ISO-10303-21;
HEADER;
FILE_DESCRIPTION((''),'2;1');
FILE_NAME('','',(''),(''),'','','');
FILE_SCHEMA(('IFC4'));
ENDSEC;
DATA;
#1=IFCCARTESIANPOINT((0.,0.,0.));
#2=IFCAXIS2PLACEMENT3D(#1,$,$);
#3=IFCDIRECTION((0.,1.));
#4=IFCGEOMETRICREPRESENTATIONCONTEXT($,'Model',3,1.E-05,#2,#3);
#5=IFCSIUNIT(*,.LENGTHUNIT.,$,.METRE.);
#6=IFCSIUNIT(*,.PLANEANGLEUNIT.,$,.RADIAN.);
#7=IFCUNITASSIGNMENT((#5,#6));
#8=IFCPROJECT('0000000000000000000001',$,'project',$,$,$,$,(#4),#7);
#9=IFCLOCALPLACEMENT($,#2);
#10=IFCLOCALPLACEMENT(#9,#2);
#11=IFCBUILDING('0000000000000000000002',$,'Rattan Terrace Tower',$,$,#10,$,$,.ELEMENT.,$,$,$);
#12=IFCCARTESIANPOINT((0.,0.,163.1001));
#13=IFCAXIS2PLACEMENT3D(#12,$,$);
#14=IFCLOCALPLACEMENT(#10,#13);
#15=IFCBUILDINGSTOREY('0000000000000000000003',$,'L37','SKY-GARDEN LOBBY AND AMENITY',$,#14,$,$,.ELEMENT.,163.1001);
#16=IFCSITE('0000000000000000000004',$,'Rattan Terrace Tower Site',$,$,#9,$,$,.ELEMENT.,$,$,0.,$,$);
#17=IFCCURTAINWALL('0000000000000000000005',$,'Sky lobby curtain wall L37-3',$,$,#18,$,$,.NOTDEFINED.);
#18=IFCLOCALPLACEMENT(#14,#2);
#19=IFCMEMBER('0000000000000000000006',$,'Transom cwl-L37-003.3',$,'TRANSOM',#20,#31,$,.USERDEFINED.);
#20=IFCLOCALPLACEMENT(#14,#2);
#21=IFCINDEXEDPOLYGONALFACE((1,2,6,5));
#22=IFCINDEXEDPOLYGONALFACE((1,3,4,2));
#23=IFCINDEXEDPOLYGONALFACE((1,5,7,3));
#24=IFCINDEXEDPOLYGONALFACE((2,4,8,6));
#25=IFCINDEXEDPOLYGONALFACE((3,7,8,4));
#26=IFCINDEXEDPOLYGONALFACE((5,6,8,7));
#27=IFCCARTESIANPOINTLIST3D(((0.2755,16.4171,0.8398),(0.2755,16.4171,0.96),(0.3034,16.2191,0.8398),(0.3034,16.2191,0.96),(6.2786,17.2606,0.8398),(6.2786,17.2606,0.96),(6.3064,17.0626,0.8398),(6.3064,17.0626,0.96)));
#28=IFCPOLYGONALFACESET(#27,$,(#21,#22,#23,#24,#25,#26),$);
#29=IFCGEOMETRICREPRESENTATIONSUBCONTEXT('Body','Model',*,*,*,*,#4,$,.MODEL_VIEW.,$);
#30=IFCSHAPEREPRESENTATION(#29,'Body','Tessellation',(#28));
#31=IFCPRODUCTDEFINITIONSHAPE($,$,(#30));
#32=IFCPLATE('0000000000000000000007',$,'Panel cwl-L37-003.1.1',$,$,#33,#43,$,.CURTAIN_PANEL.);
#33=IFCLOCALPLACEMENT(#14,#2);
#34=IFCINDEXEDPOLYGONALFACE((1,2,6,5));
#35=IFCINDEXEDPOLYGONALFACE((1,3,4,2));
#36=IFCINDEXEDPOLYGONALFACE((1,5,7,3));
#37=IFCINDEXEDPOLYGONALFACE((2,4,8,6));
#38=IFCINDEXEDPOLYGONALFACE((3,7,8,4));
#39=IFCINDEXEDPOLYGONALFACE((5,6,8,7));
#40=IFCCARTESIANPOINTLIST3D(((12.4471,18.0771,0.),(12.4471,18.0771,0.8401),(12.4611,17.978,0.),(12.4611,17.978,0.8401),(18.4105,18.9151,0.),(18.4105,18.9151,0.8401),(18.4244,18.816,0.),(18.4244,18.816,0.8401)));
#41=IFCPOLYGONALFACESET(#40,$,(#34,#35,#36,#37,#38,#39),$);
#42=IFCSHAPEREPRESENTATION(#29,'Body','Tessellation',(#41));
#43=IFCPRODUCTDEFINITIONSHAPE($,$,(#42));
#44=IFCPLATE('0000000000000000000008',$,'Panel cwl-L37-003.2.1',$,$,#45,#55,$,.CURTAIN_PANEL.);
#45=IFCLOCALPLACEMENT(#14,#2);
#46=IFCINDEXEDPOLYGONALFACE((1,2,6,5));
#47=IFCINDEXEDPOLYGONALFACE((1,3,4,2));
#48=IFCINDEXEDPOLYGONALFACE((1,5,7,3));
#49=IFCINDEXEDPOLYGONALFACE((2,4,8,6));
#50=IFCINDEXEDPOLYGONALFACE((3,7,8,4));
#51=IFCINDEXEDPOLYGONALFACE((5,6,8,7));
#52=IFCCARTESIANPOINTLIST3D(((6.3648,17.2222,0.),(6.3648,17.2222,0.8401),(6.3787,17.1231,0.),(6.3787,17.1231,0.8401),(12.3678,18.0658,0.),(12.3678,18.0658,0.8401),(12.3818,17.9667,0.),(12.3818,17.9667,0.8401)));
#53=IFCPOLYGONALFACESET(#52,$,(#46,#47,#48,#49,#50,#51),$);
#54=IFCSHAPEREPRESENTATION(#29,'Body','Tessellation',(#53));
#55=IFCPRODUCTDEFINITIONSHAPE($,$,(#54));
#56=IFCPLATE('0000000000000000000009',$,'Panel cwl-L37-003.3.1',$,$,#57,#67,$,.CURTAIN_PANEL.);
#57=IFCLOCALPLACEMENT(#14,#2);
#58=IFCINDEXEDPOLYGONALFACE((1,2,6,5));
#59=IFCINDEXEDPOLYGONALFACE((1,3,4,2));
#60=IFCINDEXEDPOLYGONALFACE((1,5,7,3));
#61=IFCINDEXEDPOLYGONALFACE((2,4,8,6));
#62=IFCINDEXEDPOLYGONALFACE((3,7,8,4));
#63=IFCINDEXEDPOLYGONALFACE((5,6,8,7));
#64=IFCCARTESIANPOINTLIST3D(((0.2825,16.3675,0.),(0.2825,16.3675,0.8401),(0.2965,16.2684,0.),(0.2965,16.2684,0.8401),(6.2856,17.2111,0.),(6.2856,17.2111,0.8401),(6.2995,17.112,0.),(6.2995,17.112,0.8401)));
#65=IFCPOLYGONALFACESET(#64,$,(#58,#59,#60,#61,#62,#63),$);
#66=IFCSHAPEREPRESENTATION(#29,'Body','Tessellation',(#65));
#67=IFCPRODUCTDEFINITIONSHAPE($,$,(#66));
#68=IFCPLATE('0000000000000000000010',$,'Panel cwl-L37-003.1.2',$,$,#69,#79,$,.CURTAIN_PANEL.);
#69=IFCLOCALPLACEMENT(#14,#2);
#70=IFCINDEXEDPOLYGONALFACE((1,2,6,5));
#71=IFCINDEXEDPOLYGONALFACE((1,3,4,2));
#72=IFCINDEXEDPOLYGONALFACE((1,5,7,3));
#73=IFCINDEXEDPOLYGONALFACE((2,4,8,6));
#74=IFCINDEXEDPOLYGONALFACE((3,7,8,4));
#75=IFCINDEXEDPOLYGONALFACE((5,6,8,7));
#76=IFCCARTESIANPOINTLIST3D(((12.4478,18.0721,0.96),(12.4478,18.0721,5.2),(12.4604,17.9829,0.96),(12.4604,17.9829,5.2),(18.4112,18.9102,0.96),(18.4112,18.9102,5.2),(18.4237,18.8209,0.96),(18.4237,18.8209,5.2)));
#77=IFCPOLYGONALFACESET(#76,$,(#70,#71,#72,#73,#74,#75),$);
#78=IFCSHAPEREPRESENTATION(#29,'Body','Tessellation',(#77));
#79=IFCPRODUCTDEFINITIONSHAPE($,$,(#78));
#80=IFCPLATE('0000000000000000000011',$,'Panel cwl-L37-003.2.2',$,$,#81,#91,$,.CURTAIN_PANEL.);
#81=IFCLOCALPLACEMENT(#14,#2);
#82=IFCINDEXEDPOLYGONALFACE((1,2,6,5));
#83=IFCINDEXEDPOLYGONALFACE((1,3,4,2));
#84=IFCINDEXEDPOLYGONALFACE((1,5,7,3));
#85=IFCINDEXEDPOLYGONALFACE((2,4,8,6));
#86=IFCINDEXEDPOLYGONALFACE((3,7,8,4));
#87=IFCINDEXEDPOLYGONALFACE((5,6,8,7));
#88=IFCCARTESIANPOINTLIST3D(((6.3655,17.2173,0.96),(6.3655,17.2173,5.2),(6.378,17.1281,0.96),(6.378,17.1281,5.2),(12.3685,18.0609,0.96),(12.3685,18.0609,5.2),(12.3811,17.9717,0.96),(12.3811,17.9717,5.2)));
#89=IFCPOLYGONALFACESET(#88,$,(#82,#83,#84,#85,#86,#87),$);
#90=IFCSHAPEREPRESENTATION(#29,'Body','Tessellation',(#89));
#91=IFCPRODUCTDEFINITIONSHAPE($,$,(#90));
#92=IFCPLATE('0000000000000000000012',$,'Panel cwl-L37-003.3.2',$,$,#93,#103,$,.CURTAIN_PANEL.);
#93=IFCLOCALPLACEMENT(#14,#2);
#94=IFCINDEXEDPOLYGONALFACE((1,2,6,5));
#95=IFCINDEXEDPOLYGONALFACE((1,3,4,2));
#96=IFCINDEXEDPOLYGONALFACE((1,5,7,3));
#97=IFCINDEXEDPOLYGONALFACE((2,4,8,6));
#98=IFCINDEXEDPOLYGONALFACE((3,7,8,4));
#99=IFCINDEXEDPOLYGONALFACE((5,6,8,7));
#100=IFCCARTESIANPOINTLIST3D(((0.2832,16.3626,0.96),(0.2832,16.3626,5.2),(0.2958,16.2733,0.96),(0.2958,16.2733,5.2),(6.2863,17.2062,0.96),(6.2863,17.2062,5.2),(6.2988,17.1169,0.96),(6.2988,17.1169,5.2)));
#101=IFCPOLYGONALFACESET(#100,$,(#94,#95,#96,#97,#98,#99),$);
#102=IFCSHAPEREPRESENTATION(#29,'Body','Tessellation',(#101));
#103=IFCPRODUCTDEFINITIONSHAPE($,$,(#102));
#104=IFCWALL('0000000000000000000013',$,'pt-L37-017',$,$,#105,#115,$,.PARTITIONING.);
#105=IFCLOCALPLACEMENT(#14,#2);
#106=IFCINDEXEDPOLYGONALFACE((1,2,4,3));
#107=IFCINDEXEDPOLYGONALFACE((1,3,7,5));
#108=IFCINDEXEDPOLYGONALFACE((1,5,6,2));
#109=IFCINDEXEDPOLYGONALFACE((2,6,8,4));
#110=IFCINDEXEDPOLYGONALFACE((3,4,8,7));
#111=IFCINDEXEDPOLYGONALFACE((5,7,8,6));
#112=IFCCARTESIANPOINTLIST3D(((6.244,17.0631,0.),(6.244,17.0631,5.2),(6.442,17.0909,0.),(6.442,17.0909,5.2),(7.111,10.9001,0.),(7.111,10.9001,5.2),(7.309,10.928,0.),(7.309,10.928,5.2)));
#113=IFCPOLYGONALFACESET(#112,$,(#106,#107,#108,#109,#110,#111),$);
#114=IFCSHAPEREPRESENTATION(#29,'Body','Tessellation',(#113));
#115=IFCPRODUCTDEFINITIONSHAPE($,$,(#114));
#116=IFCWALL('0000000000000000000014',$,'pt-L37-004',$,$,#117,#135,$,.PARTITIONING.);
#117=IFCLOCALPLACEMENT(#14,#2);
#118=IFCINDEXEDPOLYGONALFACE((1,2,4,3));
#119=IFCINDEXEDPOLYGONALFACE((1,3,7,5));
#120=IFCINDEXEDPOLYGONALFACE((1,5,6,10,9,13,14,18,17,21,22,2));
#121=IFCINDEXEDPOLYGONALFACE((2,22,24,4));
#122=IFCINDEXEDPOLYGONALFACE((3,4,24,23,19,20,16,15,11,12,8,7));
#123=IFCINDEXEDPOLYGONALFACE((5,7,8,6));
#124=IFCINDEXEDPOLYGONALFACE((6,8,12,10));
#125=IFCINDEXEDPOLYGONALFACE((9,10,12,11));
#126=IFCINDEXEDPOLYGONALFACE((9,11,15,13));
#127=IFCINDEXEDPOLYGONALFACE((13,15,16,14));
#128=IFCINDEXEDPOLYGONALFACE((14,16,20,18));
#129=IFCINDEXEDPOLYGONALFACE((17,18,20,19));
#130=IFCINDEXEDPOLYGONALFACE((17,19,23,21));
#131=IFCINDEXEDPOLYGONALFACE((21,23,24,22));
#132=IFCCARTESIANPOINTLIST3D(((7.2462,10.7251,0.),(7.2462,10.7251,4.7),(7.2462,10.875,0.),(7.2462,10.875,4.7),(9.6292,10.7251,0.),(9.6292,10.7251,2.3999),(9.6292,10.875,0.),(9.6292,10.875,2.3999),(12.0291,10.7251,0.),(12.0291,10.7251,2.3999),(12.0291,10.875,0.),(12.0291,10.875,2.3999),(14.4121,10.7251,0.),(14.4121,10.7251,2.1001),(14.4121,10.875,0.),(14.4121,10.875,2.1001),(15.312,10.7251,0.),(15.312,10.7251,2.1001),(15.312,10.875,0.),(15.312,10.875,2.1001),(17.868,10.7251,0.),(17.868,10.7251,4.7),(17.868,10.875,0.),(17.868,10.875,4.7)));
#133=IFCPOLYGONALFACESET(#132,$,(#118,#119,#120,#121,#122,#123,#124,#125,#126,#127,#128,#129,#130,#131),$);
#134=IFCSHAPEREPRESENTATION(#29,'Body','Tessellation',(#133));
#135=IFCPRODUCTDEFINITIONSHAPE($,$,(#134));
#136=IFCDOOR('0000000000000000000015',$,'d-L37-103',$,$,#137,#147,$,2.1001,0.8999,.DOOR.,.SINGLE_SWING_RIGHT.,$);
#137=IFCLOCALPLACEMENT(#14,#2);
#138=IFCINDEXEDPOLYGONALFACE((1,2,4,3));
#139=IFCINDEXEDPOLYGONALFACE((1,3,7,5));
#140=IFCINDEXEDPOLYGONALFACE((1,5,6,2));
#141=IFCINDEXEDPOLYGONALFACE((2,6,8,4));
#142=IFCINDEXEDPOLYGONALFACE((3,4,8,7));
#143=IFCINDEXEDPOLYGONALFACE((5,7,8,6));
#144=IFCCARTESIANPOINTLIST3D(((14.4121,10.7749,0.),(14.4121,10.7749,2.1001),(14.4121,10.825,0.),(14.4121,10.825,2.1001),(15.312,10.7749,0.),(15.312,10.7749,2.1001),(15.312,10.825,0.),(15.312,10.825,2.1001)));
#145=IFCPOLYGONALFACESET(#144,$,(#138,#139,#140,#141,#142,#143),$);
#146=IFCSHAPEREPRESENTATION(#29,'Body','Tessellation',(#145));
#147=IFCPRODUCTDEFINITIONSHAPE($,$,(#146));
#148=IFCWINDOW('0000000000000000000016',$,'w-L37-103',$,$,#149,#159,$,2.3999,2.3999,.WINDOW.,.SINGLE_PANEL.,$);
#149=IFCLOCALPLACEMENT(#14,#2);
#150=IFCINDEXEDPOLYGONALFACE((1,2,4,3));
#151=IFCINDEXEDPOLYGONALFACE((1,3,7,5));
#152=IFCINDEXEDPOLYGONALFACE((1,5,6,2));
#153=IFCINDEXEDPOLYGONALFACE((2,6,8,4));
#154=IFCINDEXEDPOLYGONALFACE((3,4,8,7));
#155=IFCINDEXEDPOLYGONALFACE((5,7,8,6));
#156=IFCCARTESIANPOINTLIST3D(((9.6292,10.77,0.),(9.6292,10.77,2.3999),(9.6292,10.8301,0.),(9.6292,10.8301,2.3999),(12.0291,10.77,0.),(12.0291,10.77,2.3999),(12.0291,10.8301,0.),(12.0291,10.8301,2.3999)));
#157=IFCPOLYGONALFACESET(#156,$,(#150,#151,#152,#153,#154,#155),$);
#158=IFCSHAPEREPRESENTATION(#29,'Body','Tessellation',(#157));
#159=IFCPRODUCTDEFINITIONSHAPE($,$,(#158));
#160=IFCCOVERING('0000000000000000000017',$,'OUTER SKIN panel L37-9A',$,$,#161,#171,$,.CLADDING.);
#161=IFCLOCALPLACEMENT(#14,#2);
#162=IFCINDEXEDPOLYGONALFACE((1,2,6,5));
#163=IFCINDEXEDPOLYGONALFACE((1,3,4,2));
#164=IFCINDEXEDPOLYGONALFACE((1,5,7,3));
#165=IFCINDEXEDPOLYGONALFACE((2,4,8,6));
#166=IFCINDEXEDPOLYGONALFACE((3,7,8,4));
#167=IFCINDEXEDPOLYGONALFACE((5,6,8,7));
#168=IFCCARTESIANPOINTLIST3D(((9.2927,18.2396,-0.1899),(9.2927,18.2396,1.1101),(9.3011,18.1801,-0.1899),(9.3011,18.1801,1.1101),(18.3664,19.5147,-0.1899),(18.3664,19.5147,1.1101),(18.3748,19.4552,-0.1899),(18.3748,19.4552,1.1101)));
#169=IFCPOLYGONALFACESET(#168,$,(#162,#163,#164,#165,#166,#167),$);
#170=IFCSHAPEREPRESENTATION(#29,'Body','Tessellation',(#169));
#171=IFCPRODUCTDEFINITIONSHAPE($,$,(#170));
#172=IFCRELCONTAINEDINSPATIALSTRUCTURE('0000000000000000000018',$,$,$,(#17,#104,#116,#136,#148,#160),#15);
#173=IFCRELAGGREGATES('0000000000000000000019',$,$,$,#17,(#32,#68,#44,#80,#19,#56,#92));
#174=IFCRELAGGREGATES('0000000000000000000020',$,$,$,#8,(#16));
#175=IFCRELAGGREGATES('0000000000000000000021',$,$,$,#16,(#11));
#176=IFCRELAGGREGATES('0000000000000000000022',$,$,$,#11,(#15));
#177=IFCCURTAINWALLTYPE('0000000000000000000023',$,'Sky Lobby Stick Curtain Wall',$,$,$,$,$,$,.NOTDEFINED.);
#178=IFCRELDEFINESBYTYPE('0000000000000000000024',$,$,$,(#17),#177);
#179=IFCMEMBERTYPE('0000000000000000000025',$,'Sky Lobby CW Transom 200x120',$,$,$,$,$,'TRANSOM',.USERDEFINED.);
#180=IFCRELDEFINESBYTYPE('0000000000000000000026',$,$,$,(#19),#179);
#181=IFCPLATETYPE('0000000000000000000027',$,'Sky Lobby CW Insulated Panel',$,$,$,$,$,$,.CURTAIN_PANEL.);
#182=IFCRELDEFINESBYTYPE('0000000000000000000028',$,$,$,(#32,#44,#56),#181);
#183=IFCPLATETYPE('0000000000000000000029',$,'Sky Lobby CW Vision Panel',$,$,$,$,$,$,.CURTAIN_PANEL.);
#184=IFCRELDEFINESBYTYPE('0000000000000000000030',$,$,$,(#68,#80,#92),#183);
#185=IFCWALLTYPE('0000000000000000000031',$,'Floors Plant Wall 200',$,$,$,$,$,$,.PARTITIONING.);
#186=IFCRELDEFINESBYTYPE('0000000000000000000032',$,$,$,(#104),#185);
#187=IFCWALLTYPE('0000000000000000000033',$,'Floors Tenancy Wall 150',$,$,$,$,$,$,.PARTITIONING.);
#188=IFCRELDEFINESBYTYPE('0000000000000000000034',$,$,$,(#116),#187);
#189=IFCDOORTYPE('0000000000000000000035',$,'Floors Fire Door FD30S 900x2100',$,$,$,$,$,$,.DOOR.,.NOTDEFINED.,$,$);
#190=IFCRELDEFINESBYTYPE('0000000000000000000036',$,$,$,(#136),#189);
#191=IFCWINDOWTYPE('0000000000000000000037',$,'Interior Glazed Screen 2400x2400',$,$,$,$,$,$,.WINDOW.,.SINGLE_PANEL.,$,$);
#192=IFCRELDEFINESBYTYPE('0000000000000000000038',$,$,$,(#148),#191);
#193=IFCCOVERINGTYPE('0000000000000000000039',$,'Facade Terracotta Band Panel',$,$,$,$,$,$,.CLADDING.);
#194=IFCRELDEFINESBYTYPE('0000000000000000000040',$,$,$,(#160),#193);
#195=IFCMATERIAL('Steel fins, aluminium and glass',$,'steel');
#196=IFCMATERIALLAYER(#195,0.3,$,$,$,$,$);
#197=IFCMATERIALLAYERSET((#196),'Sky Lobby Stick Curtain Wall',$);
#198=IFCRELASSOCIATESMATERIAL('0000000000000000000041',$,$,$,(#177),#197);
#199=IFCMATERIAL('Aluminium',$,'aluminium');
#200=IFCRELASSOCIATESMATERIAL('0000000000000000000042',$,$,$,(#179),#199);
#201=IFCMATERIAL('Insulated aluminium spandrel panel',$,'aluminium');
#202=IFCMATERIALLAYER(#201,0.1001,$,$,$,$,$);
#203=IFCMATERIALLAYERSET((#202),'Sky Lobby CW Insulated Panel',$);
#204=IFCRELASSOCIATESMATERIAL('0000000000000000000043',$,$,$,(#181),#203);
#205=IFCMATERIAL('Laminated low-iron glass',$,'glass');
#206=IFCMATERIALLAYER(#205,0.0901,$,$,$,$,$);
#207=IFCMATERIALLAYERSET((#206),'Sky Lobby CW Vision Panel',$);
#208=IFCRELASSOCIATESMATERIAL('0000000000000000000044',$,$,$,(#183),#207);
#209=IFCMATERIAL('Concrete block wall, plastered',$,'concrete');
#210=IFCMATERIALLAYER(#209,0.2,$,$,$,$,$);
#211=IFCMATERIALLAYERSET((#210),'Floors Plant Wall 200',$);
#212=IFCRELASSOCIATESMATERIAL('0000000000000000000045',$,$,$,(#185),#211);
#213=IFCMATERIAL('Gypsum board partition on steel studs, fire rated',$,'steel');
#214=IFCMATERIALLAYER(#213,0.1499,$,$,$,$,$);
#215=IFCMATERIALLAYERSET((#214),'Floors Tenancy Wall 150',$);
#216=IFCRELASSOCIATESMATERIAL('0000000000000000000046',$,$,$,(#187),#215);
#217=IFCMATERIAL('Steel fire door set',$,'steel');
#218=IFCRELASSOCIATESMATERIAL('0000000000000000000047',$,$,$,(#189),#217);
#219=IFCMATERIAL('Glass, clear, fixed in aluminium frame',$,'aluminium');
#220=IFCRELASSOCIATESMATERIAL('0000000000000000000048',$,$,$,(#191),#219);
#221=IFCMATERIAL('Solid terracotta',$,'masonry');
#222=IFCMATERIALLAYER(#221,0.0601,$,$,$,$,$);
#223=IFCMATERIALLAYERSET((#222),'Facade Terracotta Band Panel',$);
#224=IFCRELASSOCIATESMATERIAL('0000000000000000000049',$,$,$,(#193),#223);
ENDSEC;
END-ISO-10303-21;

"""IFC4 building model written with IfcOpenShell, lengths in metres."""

from ifc_helpers import new_model, si_unit, direction, frame, frame_2d, origin, origin_2d, place, context, subcontext, project, spatial, rectangle, extrude, material, layer, layer_set, material_profile, profile_set, type_object, element, fill, aggregate, save


model = new_model("IFC4")

# Units and contexts
model_context = context("Model", 3, precision=1e-05, world=origin(), true_north=direction((0.0, 1.0)))
body_context = subcontext(model_context, "Body", "Model", "MODEL_VIEW")
ifc_project = project(units=[si_unit("LENGTHUNIT", "METRE"), si_unit("PLANEANGLEUNIT", "RADIAN")], contexts=[model_context])

# Site, building, storey
site_placement = place(None, origin())
site = spatial("IfcSite", under=ifc_project, at=site_placement, Name="Rattan Terrace Tower Site", CompositionType="ELEMENT", RefElevation=0.0)
building_placement = place(site_placement, origin())
building = spatial("IfcBuilding", under=site, at=building_placement, Name="Rattan Terrace Tower", CompositionType="ELEMENT")
storey_placement = place(building_placement, frame((0.0, 0.0, 163.1001)))
storey = spatial("IfcBuildingStorey", under=building, at=storey_placement, Name="L37", Description="SKY-GARDEN LOBBY AND AMENITY", CompositionType="ELEMENT", Elevation=163.1001)

# Curtain wall, member, plates
ifc_material_1 = material(Name="Steel fins, aluminium and glass", Category="steel")
ifc_layer_1 = layer(ifc_material_1, 0.3)
ifc_layer_set_1 = layer_set([ifc_layer_1], Name="Sky Lobby Stick Curtain Wall")
curtain_wall_type = type_object("IfcCurtainWallType", Name="Sky Lobby Stick Curtain Wall", PredefinedType="NOTDEFINED", material=ifc_layer_set_1)
curtain_wall_placement = place(storey_placement, origin())
curtain_wall = element("IfcCurtainWall", 1, at=curtain_wall_placement, inside=storey, type_object=curtain_wall_type, Name="Sky lobby curtain wall L37-3", PredefinedType="NOTDEFINED")
ifc_material_2 = material(Name="Aluminium", Category="aluminium")
ifc_material_profile_1 = material_profile(ifc_material_2, rectangle(XDim=0.2, YDim=0.1201, at=origin_2d()), Name="Aluminium 200x120")
ifc_profile_set_1 = profile_set([ifc_material_profile_1], Name="Aluminium")
member_type_1 = type_object("IfcMemberType", Name="Sky Lobby CW Transom 200x120", ElementType="TRANSOM", PredefinedType="USERDEFINED", material=ifc_profile_set_1)
member_1_placement = place(storey_placement, frame((6.2925, 17.1616, 0.8999), z_axis=(-0.990271, -0.139149, 0.0), x_axis=(0.139149, -0.990271, 0.0)))
member_1 = element("IfcMember", 2, at=member_1_placement, type_object=member_type_1, Name="Transom cwl-L37-003.3", ObjectType="TRANSOM", PredefinedType="USERDEFINED", context=body_context, shape_type="SweptSolid", body=[
    extrude(rectangle(XDim=0.2, YDim=0.1201, at=origin_2d()), origin(), (0.0, 0.0, 1.0), 6.062),
])
ifc_material_3 = material(Name="Insulated aluminium spandrel panel", Category="aluminium")
ifc_layer_2 = layer(ifc_material_3, 0.1001)
ifc_layer_set_2 = layer_set([ifc_layer_2], Name="Sky Lobby CW Insulated Panel")
plate_type_1 = type_object("IfcPlateType", Name="Sky Lobby CW Insulated Panel", PredefinedType="CURTAIN_PANEL", material=ifc_layer_set_2)
plate_1_placement = place(storey_placement, frame((15.4358, 18.4465, 0.0), z_axis=(0.0, 0.0, 1.0), x_axis=(-0.99027, -0.139161, 0.0)))
plate_1 = element("IfcPlate", 3, at=plate_1_placement, type_object=plate_type_1, Name="Panel cwl-L37-003.1.1", PredefinedType="CURTAIN_PANEL", context=body_context, shape_type="SweptSolid", body=[
    extrude(rectangle(XDim=6.022, YDim=0.1001, at=origin_2d()), origin(), (0.0, 0.0, 1.0), 0.8401),
])
plate_2_placement = place(storey_placement, frame((9.3733, 17.5945, 0.0), z_axis=(0.0, 0.0, 1.0), x_axis=(-0.99027, -0.139161, 0.0)))
plate_2 = element("IfcPlate", 4, at=plate_2_placement, type_object=plate_type_1, Name="Panel cwl-L37-003.2.1", PredefinedType="CURTAIN_PANEL", context=body_context, shape_type="SweptSolid", body=[
    extrude(rectangle(XDim=6.062, YDim=0.1001, at=origin_2d()), origin(), (0.0, 0.0, 1.0), 0.8401),
])
plate_3_placement = place(storey_placement, frame((3.291, 16.7397, 0.0), z_axis=(0.0, 0.0, 1.0), x_axis=(-0.99027, -0.139161, 0.0)))
plate_3 = element("IfcPlate", 5, at=plate_3_placement, type_object=plate_type_1, Name="Panel cwl-L37-003.3.1", PredefinedType="CURTAIN_PANEL", context=body_context, shape_type="SweptSolid", body=[
    extrude(rectangle(XDim=6.062, YDim=0.1001, at=origin_2d()), origin(), (0.0, 0.0, 1.0), 0.8401),
])
ifc_material_4 = material(Name="Laminated low-iron glass", Category="glass")
ifc_layer_3 = layer(ifc_material_4, 0.0901)
ifc_layer_set_3 = layer_set([ifc_layer_3], Name="Sky Lobby CW Vision Panel")
plate_type_2 = type_object("IfcPlateType", Name="Sky Lobby CW Vision Panel", PredefinedType="CURTAIN_PANEL", material=ifc_layer_set_3)
plate_4_placement = place(storey_placement, frame((15.4358, 18.4465, 0.96), z_axis=(0.0, 0.0, 1.0), x_axis=(-0.99027, -0.139161, 0.0)))
plate_4 = element("IfcPlate", 6, at=plate_4_placement, type_object=plate_type_2, Name="Panel cwl-L37-003.1.2", PredefinedType="CURTAIN_PANEL", context=body_context, shape_type="SweptSolid", body=[
    extrude(rectangle(XDim=6.022, YDim=0.0901, at=origin_2d()), origin(), (0.0, 0.0, 1.0), 4.24),
])
plate_5_placement = place(storey_placement, frame((9.3733, 17.5945, 0.96), z_axis=(0.0, 0.0, 1.0), x_axis=(-0.99027, -0.139161, 0.0)))
plate_5 = element("IfcPlate", 7, at=plate_5_placement, type_object=plate_type_2, Name="Panel cwl-L37-003.2.2", PredefinedType="CURTAIN_PANEL", context=body_context, shape_type="SweptSolid", body=[
    extrude(rectangle(XDim=6.062, YDim=0.0901, at=origin_2d()), origin(), (0.0, 0.0, 1.0), 4.24),
])
plate_6_placement = place(storey_placement, frame((3.291, 16.7397, 0.96), z_axis=(0.0, 0.0, 1.0), x_axis=(-0.99027, -0.139161, 0.0)))
plate_6 = element("IfcPlate", 8, at=plate_6_placement, type_object=plate_type_2, Name="Panel cwl-L37-003.3.2", PredefinedType="CURTAIN_PANEL", context=body_context, shape_type="SweptSolid", body=[
    extrude(rectangle(XDim=6.062, YDim=0.0901, at=origin_2d()), origin(), (0.0, 0.0, 1.0), 4.24),
])
aggregate(curtain_wall, [plate_1, plate_4, plate_2, plate_5, member_1, plate_3, plate_6])

# Wall
ifc_material_5 = material(Name="Concrete block wall, plastered", Category="concrete")
ifc_layer_4 = layer(ifc_material_5, 0.2)
ifc_layer_set_4 = layer_set([ifc_layer_4], Name="Floors Plant Wall 200")
wall_type_1 = type_object("IfcWallType", Name="Floors Plant Wall 200", PredefinedType="PARTITIONING", material=ifc_layer_set_4)
wall_1_placement = place(storey_placement, frame((7.21, 10.9141, 0.0), z_axis=(0.0, 0.0, 1.0), x_axis=(-0.139301, 0.99025, 0.0)))
element("IfcWall", 9, at=wall_1_placement, inside=storey, type_object=wall_type_1, Name="pt-L37-017", PredefinedType="PARTITIONING", context=body_context, shape_type="SweptSolid", body=[
    extrude(rectangle(XDim=6.2236, YDim=0.2, at=frame_2d((3.1118, 0.0))), origin(), (0.0, 0.0, 1.0), 5.2),
])

# Wall, openings, door, window
ifc_material_6 = material(Name="Gypsum board partition on steel studs, fire rated", Category="steel")
ifc_layer_5 = layer(ifc_material_6, 0.1499)
ifc_layer_set_5 = layer_set([ifc_layer_5], Name="Floors Tenancy Wall 150")
wall_type_2 = type_object("IfcWallType", Name="Floors Tenancy Wall 150", PredefinedType="PARTITIONING", material=ifc_layer_set_5)
wall_2_placement = place(storey_placement, frame((7.2461, 10.8, 0.0), z_axis=(0.0, 0.0, 1.0), x_axis=(1.0, 0.0, 0.0)))
wall_2 = element("IfcWall", 10, at=wall_2_placement, inside=storey, type_object=wall_type_2, Name="pt-L37-004", PredefinedType="PARTITIONING", context=body_context, shape_type="SweptSolid", body=[
    extrude(rectangle(XDim=10.6218, YDim=0.1499, at=frame_2d((5.311, 0.0))), origin(), (0.0, 0.0, 1.0), 4.7),
])
opening_1_placement = place(wall_2_placement, frame((7.166, 0.0, 0.0)))
opening_1 = element("IfcOpeningElement", 11, at=opening_1_placement, cuts=wall_2, PredefinedType="OPENING", context=body_context, shape_type="SweptSolid", body=[
    extrude(rectangle(XDim=0.8999, YDim=2.1001, at=frame_2d((0.45, 1.05))), frame((0.0, 0.0854, 0.0), z_axis=(0.0, -1.0, 0.0), x_axis=(1.0, 0.0, 0.0)), (0.0, 0.0, 1.0), 0.1709),
])
opening_2_placement = place(wall_2_placement, frame((2.3831, 0.0, 0.0)))
opening_2 = element("IfcOpeningElement", 12, at=opening_2_placement, cuts=wall_2, PredefinedType="OPENING", context=body_context, shape_type="SweptSolid", body=[
    extrude(rectangle(XDim=2.3999, YDim=2.3999, at=frame_2d((1.2, 1.2))), frame((0.0, 0.0854, 0.0), z_axis=(0.0, -1.0, 0.0), x_axis=(1.0, 0.0, 0.0)), (0.0, 0.0, 1.0), 0.1709),
])
ifc_material_7 = material(Name="Steel fire door set", Category="steel")
door_type = type_object("IfcDoorType", Name="Floors Fire Door FD30S 900x2100", OperationType="NOTDEFINED", PredefinedType="DOOR", material=ifc_material_7)
door_placement = place(opening_1_placement, origin())
door = element("IfcDoor", 13, at=door_placement, inside=storey, type_object=door_type, Name="d-L37-103", OperationType="SINGLE_SWING_RIGHT", OverallHeight=2.1001, OverallWidth=0.8999, PredefinedType="DOOR", context=body_context, shape_type="SweptSolid", body=[
    extrude(rectangle(XDim=0.8999, YDim=2.1001, at=frame_2d((0.45, 1.05))), frame((0.0, 0.0249, 0.0), z_axis=(0.0, -1.0, 0.0), x_axis=(1.0, 0.0, 0.0)), (0.0, 0.0, 1.0), 0.05),
])
fill(opening_1, door)
ifc_material_8 = material(Name="Glass, clear, fixed in aluminium frame", Category="aluminium")
window_type = type_object("IfcWindowType", Name="Interior Glazed Screen 2400x2400", PartitioningType="SINGLE_PANEL", PredefinedType="WINDOW", material=ifc_material_8)
window_placement = place(opening_2_placement, origin())
window = element("IfcWindow", 14, at=window_placement, inside=storey, type_object=window_type, Name="w-L37-103", OverallHeight=2.3999, OverallWidth=2.3999, PartitioningType="SINGLE_PANEL", PredefinedType="WINDOW", context=body_context, shape_type="SweptSolid", body=[
    extrude(rectangle(XDim=2.3999, YDim=2.3999, at=frame_2d((1.2, 1.2))), frame((0.0, 0.03, 0.0), z_axis=(0.0, -1.0, 0.0), x_axis=(1.0, 0.0, 0.0)), (0.0, 0.0, 1.0), 0.0601),
])
fill(opening_2, window)

# Covering
ifc_material_9 = material(Name="Solid terracotta", Category="masonry")
ifc_layer_6 = layer(ifc_material_9, 0.0601)
ifc_layer_set_6 = layer_set([ifc_layer_6], Name="Facade Terracotta Band Panel")
covering_type_1 = type_object("IfcCoveringType", Name="Facade Terracotta Band Panel", PredefinedType="CLADDING", material=ifc_layer_set_6)
covering_1_placement = place(storey_placement, frame((13.8337, 18.8474, -0.1899), z_axis=(0.0, 0.0, 1.0), x_axis=(-0.99027, -0.139161, 0.0)))
element("IfcCovering", 15, at=covering_1_placement, inside=storey, type_object=covering_type_1, Name="OUTER SKIN panel L37-9A", PredefinedType="CLADDING", context=body_context, shape_type="SweptSolid", body=[
    extrude(rectangle(XDim=9.1628, YDim=0.0601, at=origin_2d()), origin(), (0.0, 0.0, 1.0), 1.3),
])

save(model, "model.ifc")
